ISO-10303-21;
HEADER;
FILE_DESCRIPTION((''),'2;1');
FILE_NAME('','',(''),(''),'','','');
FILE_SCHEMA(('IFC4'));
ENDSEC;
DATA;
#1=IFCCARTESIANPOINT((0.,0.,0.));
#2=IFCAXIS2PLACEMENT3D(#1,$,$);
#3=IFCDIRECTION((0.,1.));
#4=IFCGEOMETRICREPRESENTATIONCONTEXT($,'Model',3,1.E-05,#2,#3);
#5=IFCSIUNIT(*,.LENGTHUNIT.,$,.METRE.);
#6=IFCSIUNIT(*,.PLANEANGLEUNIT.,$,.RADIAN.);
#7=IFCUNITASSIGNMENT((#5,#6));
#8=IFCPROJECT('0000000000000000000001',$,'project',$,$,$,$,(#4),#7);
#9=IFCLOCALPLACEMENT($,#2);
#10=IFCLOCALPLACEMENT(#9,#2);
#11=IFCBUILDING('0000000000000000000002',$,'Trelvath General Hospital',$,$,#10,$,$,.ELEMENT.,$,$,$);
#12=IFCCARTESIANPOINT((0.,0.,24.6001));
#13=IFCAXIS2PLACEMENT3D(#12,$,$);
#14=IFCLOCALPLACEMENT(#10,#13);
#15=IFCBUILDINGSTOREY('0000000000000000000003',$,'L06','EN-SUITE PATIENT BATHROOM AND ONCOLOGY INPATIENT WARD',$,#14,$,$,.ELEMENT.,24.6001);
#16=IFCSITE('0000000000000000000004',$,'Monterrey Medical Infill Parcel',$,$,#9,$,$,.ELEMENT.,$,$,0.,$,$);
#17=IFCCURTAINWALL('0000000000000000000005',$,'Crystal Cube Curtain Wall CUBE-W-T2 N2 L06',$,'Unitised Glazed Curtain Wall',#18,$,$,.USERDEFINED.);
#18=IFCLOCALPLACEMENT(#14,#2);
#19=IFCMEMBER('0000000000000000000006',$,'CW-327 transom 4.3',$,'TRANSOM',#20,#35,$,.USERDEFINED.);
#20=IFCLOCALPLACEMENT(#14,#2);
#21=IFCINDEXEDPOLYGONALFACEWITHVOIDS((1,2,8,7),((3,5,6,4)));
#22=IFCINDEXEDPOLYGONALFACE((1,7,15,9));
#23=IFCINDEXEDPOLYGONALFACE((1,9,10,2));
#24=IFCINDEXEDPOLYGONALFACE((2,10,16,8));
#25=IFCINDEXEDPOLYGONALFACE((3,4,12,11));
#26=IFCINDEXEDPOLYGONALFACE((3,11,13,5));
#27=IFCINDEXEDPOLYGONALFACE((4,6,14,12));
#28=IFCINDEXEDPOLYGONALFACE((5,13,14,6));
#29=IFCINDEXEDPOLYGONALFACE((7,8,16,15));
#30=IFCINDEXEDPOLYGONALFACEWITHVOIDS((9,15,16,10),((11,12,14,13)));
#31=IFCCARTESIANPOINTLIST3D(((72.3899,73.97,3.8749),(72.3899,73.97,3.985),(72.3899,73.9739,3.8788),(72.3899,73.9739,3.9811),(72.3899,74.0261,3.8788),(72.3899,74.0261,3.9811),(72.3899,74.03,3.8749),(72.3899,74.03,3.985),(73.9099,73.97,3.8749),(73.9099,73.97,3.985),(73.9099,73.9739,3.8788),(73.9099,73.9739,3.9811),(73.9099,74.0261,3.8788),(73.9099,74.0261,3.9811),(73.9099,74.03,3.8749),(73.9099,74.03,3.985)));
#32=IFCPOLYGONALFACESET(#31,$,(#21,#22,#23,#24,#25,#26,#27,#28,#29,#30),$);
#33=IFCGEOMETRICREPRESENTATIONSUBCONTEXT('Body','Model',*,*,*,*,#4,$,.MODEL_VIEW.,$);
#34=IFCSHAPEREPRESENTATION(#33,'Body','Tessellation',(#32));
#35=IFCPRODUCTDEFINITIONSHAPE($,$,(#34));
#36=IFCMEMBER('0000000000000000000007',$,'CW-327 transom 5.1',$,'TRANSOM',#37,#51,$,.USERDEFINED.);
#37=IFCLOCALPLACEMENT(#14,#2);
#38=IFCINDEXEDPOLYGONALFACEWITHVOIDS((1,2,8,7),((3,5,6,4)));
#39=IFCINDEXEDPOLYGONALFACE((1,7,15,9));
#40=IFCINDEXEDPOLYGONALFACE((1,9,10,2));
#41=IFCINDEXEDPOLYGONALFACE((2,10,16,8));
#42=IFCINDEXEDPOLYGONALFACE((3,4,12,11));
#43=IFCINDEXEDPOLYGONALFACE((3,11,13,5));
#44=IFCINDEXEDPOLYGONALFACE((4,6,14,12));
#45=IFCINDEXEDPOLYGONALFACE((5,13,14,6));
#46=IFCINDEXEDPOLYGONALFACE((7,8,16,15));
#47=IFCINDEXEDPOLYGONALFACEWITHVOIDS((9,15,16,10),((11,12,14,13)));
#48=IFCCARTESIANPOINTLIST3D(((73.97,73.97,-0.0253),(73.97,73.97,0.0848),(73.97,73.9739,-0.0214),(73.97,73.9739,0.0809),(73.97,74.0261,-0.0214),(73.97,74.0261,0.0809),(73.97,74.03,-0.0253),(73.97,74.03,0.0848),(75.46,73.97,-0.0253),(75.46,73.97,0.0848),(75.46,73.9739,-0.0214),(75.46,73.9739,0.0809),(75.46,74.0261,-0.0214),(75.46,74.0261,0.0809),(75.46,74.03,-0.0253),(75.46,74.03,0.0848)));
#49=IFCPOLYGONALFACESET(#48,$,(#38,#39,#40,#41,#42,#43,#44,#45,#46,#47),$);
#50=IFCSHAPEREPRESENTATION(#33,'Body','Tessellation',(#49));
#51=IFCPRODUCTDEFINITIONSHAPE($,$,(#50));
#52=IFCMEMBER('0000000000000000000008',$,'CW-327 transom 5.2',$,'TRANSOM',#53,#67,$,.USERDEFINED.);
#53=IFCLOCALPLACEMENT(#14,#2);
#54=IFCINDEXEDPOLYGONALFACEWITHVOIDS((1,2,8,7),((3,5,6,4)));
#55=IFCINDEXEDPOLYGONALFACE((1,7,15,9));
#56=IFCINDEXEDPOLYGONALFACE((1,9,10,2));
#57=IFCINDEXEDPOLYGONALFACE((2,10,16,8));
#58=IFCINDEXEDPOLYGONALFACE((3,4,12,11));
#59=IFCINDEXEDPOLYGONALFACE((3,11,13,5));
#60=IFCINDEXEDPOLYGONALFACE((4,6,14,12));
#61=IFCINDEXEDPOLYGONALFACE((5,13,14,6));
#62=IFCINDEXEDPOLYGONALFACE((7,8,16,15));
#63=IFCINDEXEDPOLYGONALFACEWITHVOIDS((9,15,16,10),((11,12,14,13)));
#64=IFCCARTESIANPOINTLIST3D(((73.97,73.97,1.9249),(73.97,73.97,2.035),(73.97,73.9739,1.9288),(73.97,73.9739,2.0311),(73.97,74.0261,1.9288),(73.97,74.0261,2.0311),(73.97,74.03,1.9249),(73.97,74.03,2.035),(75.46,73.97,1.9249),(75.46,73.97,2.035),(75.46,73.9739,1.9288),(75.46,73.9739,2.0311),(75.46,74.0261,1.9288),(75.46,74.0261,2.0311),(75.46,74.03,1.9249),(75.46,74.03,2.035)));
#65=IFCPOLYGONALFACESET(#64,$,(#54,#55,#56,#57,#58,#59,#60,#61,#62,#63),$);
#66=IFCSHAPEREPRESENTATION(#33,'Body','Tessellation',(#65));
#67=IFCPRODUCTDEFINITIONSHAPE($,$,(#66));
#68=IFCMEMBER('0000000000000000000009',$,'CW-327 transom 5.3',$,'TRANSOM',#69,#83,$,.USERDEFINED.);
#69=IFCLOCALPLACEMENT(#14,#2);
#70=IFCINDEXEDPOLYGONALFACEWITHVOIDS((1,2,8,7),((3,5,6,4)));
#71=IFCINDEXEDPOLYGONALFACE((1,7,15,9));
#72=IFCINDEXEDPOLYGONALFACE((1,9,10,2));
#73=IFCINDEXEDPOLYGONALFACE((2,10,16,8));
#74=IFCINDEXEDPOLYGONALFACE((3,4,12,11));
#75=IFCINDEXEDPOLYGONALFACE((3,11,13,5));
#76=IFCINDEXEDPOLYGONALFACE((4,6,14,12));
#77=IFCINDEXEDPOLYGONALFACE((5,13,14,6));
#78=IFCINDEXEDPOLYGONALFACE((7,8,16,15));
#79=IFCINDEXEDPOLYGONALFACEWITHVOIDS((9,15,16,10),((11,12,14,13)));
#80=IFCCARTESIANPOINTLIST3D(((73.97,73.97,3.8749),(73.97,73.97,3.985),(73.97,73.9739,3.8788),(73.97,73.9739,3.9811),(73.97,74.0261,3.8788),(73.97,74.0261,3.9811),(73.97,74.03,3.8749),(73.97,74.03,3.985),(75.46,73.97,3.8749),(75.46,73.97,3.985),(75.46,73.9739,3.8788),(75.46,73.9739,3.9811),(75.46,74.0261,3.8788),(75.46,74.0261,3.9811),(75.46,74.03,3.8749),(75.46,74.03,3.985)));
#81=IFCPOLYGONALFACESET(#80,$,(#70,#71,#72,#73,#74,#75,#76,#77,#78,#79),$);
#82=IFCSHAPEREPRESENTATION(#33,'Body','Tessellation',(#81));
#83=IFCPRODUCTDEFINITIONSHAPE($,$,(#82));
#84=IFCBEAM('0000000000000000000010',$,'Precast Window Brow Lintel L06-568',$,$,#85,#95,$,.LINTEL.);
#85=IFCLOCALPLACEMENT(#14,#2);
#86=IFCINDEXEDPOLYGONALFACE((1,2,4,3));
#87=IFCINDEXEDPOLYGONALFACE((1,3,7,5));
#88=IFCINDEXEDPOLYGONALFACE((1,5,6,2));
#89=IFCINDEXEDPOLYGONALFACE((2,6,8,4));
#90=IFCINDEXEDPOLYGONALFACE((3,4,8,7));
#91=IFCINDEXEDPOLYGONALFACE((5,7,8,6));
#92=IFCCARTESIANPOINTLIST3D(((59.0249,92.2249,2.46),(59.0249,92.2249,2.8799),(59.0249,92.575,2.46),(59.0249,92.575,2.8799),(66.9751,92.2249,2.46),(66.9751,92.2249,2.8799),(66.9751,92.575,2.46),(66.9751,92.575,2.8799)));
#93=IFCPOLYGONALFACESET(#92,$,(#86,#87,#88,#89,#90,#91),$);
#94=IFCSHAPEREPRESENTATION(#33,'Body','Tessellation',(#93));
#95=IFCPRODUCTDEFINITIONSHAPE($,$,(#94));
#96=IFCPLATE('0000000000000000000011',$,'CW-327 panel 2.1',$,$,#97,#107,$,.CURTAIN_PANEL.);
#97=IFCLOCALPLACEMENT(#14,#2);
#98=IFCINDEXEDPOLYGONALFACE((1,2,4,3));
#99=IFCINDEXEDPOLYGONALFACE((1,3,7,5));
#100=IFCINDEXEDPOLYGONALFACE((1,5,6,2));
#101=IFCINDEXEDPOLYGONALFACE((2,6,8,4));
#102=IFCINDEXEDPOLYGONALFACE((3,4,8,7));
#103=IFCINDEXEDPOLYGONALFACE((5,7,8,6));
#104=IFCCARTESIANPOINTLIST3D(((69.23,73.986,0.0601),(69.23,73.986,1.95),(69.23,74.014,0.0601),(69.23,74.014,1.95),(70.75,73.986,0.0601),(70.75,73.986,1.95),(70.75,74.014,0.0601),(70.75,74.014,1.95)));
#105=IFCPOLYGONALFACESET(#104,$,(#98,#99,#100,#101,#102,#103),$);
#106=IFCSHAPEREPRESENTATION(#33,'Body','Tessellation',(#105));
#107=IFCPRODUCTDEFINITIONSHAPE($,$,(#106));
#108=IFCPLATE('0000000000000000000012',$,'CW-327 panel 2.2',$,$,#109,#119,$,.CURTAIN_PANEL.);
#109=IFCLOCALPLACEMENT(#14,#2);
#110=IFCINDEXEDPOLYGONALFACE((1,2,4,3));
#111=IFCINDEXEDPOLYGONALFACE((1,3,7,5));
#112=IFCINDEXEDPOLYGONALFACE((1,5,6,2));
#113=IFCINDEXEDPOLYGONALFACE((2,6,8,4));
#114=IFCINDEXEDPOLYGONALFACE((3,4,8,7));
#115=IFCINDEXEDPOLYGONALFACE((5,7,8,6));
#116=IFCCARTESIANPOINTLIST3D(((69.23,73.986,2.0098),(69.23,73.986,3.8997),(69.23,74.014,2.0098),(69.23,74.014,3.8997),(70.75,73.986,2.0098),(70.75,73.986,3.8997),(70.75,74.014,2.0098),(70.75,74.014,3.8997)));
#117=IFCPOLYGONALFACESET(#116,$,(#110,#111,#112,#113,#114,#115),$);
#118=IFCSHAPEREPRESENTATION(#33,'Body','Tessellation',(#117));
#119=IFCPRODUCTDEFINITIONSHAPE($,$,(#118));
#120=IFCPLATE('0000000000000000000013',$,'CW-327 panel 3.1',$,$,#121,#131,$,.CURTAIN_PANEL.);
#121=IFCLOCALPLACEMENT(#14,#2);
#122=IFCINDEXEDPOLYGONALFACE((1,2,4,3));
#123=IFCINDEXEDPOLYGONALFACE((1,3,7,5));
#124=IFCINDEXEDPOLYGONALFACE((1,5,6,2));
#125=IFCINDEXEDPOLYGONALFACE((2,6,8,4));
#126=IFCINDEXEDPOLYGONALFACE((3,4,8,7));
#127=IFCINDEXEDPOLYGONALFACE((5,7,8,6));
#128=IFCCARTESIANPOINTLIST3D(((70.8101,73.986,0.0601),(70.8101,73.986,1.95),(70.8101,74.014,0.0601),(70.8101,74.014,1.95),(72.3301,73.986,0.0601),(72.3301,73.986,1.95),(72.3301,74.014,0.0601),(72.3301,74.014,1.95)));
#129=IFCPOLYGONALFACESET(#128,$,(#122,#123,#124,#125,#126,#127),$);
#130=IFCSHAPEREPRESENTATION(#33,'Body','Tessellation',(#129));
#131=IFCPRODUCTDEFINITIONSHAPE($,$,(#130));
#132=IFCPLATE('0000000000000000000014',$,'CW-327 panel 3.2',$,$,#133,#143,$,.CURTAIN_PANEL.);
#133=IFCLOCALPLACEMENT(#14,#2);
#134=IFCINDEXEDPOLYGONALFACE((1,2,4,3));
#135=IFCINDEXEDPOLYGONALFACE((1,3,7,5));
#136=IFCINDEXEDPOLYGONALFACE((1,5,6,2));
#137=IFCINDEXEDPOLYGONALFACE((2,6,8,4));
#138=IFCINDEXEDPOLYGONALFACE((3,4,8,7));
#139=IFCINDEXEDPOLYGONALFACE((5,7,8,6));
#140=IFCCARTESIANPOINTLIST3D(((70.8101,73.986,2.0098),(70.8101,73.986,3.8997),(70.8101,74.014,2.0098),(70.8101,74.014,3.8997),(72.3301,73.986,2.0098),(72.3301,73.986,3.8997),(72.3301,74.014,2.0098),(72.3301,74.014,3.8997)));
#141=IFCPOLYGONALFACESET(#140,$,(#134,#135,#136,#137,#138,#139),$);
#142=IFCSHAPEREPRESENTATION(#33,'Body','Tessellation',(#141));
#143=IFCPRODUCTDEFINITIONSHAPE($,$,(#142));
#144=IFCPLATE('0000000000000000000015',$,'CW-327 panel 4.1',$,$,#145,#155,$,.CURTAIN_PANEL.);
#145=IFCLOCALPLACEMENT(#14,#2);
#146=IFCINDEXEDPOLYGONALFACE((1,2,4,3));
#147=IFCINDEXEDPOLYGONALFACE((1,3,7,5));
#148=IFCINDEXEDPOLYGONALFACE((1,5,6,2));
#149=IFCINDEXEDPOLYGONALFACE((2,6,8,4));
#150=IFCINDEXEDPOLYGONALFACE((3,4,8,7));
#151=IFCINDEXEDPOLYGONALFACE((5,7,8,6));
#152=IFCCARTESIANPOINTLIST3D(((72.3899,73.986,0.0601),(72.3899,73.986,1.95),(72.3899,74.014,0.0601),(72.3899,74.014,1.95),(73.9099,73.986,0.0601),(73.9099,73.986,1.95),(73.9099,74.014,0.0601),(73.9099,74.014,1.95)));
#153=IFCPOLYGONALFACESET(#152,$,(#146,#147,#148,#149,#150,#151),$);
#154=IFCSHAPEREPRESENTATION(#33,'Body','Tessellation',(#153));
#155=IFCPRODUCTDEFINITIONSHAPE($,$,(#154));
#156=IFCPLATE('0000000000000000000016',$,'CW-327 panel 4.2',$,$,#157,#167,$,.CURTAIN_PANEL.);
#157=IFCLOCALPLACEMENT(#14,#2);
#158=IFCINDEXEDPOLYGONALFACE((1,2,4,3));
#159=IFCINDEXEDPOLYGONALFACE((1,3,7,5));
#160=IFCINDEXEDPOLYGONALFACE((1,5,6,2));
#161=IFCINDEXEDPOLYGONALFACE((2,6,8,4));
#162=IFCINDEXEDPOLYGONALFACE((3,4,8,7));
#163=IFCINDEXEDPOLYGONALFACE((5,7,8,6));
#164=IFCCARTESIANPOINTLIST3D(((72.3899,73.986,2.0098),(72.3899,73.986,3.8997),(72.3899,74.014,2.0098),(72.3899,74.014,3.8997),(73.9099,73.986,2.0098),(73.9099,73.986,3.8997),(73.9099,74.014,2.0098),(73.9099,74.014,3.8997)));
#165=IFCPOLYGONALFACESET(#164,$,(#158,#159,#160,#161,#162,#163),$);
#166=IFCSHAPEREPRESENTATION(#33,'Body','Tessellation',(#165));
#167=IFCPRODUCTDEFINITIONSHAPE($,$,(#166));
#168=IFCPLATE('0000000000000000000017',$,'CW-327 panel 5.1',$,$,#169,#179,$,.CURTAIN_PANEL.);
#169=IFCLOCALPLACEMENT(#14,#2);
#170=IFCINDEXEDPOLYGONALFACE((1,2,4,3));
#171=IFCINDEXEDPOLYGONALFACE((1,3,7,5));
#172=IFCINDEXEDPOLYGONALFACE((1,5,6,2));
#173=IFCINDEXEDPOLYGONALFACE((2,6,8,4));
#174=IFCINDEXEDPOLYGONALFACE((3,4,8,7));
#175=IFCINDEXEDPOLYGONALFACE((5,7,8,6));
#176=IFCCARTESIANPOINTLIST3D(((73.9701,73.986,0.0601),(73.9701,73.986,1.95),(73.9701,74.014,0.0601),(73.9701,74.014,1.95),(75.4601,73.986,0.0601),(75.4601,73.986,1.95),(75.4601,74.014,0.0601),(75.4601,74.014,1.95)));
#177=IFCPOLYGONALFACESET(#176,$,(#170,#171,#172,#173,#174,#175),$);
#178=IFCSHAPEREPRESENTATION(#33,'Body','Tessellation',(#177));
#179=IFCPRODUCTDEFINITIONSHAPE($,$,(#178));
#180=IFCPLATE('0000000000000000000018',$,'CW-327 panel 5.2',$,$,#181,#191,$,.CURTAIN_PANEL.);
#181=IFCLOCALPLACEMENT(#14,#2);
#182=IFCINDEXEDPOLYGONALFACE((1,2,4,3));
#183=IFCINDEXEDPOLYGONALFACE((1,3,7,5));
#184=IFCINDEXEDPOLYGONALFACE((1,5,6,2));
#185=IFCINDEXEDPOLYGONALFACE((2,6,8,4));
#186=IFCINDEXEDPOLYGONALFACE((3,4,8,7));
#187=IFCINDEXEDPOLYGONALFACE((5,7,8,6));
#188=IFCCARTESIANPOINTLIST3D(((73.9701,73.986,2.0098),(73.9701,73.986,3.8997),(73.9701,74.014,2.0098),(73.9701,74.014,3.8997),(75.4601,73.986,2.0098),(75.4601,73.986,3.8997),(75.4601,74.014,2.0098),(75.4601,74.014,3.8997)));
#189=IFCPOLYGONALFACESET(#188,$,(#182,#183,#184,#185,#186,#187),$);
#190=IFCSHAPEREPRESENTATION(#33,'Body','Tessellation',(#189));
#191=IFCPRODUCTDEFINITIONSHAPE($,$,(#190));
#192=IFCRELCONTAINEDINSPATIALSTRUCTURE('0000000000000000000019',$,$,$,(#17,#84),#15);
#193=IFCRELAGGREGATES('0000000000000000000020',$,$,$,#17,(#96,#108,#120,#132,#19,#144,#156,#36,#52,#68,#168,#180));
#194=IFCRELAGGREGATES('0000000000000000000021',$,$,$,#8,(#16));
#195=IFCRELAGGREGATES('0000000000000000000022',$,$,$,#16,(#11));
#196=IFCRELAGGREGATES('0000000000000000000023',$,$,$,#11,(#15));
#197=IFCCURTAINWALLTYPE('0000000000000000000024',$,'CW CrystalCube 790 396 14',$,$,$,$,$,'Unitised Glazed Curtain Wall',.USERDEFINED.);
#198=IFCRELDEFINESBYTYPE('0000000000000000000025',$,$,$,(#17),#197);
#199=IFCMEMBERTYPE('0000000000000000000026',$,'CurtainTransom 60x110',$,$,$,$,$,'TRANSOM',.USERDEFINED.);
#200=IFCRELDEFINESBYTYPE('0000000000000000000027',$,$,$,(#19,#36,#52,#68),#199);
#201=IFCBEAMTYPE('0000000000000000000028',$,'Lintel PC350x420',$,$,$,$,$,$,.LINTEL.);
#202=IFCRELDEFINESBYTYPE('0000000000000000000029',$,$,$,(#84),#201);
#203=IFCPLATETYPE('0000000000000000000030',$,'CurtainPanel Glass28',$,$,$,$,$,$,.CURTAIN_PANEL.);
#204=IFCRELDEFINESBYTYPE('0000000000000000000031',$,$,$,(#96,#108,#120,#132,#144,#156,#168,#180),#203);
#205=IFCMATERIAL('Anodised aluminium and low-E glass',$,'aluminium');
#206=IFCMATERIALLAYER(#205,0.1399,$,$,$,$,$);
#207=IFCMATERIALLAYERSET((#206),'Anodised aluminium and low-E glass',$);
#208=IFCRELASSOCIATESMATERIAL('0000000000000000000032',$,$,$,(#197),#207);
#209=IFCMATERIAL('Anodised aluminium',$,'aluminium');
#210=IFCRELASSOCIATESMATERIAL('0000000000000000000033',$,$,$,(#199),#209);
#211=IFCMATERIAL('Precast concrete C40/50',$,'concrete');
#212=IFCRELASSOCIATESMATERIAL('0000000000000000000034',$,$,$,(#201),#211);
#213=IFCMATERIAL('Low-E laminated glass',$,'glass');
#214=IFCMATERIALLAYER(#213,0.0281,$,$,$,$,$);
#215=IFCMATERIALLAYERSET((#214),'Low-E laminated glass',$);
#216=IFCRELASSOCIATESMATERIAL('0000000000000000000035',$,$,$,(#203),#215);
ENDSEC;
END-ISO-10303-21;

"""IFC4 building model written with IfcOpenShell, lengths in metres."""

from ifc_helpers import new_model, si_unit, direction, frame, origin, origin_2d, place, context, subcontext, project, spatial, rectangle, hollow_rectangle, extrude, material, layer, layer_set, material_profile, profile_set, type_object, element, aggregate, save


model = new_model("IFC4")

# Units and contexts
model_context = context("Model", 3, precision=1e-05, world=origin(), true_north=direction((0.0, 1.0)))
body_context = subcontext(model_context, "Body", "Model", "MODEL_VIEW")
ifc_project = project(units=[si_unit("LENGTHUNIT", "METRE"), si_unit("PLANEANGLEUNIT", "RADIAN")], contexts=[model_context])

# Site, building, storey
site_placement = place(None, origin())
site = spatial("IfcSite", under=ifc_project, at=site_placement, Name="Monterrey Medical Infill Parcel", CompositionType="ELEMENT", RefElevation=0.0)
building_placement = place(site_placement, origin())
building = spatial("IfcBuilding", under=site, at=building_placement, Name="Trelvath General Hospital", CompositionType="ELEMENT")
storey_placement = place(building_placement, frame((0.0, 0.0, 24.6001)))
storey = spatial("IfcBuildingStorey", under=building, at=storey_placement, Name="L06", Description="EN-SUITE PATIENT BATHROOM AND ONCOLOGY INPATIENT WARD", CompositionType="ELEMENT", Elevation=24.6001)

# Curtain wall, members
ifc_material_1 = material(Name="Anodised aluminium and low-E glass", Category="aluminium")
ifc_layer_1 = layer(ifc_material_1, 0.1399)
ifc_layer_set_1 = layer_set([ifc_layer_1], Name="Anodised aluminium and low-E glass")
curtain_wall_type = type_object("IfcCurtainWallType", Name="CW CrystalCube 790 396 14", ElementType="Unitised Glazed Curtain Wall", PredefinedType="USERDEFINED", material=ifc_layer_set_1)
curtain_wall_placement = place(storey_placement, origin())
curtain_wall = element("IfcCurtainWall", 1, at=curtain_wall_placement, inside=storey, type_object=curtain_wall_type, Name="Crystal Cube Curtain Wall CUBE-W-T2 N2 L06", ObjectType="Unitised Glazed Curtain Wall", PredefinedType="USERDEFINED")
ifc_material_2 = material(Name="Anodised aluminium", Category="aluminium")
ifc_material_profile_1 = material_profile(ifc_material_2, hollow_rectangle(XDim=0.0601, YDim=0.1101, WallThickness=0.0039, at=origin_2d()), Name="RHS60x110x4")
ifc_profile_set_1 = profile_set([ifc_material_profile_1], Name="Anodised aluminium")
member_type_1 = type_object("IfcMemberType", Name="CurtainTransom 60x110", ElementType="TRANSOM", PredefinedType="USERDEFINED", material=ifc_profile_set_1)
member_1_placement = place(storey_placement, frame((72.3899, 74.0, 3.9299), z_axis=(1.0, 0.0, 0.0), x_axis=(0.0, 1.0, 0.0)))
member_1 = element("IfcMember", 2, at=member_1_placement, type_object=member_type_1, Name="CW-327 transom 4.3", ObjectType="TRANSOM", PredefinedType="USERDEFINED", context=body_context, shape_type="SweptSolid", body=[
    extrude(hollow_rectangle(XDim=0.0601, YDim=0.1101, WallThickness=0.0039, at=origin_2d()), origin(), (0.0, 0.0, 1.0), 1.52),
])
member_2_placement = place(storey_placement, frame((73.97, 74.0, 0.0298), z_axis=(1.0, 0.0, 0.0), x_axis=(0.0, 1.0, 0.0)))
member_2 = element("IfcMember", 3, at=member_2_placement, type_object=member_type_1, Name="CW-327 transom 5.1", ObjectType="TRANSOM", PredefinedType="USERDEFINED", context=body_context, shape_type="SweptSolid", body=[
    extrude(hollow_rectangle(XDim=0.0601, YDim=0.1101, WallThickness=0.0039, at=origin_2d()), origin(), (0.0, 0.0, 1.0), 1.49),
])
member_3_placement = place(storey_placement, frame((73.97, 74.0, 1.98), z_axis=(1.0, 0.0, 0.0), x_axis=(0.0, 1.0, 0.0)))
member_3 = element("IfcMember", 4, at=member_3_placement, type_object=member_type_1, Name="CW-327 transom 5.2", ObjectType="TRANSOM", PredefinedType="USERDEFINED", context=body_context, shape_type="SweptSolid", body=[
    extrude(hollow_rectangle(XDim=0.0601, YDim=0.1101, WallThickness=0.0039, at=origin_2d()), origin(), (0.0, 0.0, 1.0), 1.49),
])
member_4_placement = place(storey_placement, frame((73.97, 74.0, 3.9299), z_axis=(1.0, 0.0, 0.0), x_axis=(0.0, 1.0, 0.0)))
member_4 = element("IfcMember", 5, at=member_4_placement, type_object=member_type_1, Name="CW-327 transom 5.3", ObjectType="TRANSOM", PredefinedType="USERDEFINED", context=body_context, shape_type="SweptSolid", body=[
    extrude(hollow_rectangle(XDim=0.0601, YDim=0.1101, WallThickness=0.0039, at=origin_2d()), origin(), (0.0, 0.0, 1.0), 1.49),
])

# Beam
ifc_material_3 = material(Name="Precast concrete C40/50", Category="concrete")
ifc_material_profile_2 = material_profile(ifc_material_3, rectangle(XDim=0.3501, YDim=0.4199, at=origin_2d()), Name="PCL350x420")
ifc_profile_set_2 = profile_set([ifc_material_profile_2], Name="Precast concrete C40/50")
beam_type_1 = type_object("IfcBeamType", Name="Lintel PC350x420", PredefinedType="LINTEL", material=ifc_profile_set_2)
beam_1_placement = place(storey_placement, frame((66.9751, 92.3999, 2.6699), z_axis=(-1.0, 0.0, 0.0), x_axis=(0.0, -1.0, 0.0)))
element("IfcBeam", 6, at=beam_1_placement, inside=storey, type_object=beam_type_1, Name="Precast Window Brow Lintel L06-568", PredefinedType="LINTEL", context=body_context, shape_type="SweptSolid", body=[
    extrude(rectangle(XDim=0.3501, YDim=0.4199, at=origin_2d()), origin(), (0.0, 0.0, 1.0), 7.9502),
])

# Plates
ifc_material_4 = material(Name="Low-E laminated glass", Category="glass")
ifc_layer_2 = layer(ifc_material_4, 0.0281)
ifc_layer_set_2 = layer_set([ifc_layer_2], Name="Low-E laminated glass")
plate_type = type_object("IfcPlateType", Name="CurtainPanel Glass28", PredefinedType="CURTAIN_PANEL", material=ifc_layer_set_2)
plate_1_placement = place(storey_placement, frame((69.99, 74.0, 0.0601), z_axis=(0.0, 0.0, 1.0), x_axis=(1.0, 0.0, 0.0)))
plate_1 = element("IfcPlate", 7, at=plate_1_placement, type_object=plate_type, Name="CW-327 panel 2.1", PredefinedType="CURTAIN_PANEL", context=body_context, shape_type="SweptSolid", body=[
    extrude(rectangle(XDim=1.52, YDim=0.0281, at=origin_2d()), origin(), (0.0, 0.0, 1.0), 1.8899),
])
plate_2_placement = place(storey_placement, frame((69.99, 74.0, 2.0098), z_axis=(0.0, 0.0, 1.0), x_axis=(1.0, 0.0, 0.0)))
plate_2 = element("IfcPlate", 8, at=plate_2_placement, type_object=plate_type, Name="CW-327 panel 2.2", PredefinedType="CURTAIN_PANEL", context=body_context, shape_type="SweptSolid", body=[
    extrude(rectangle(XDim=1.52, YDim=0.0281, at=origin_2d()), origin(), (0.0, 0.0, 1.0), 1.8899),
])
plate_3_placement = place(storey_placement, frame((71.5701, 74.0, 0.0601), z_axis=(0.0, 0.0, 1.0), x_axis=(1.0, 0.0, 0.0)))
plate_3 = element("IfcPlate", 9, at=plate_3_placement, type_object=plate_type, Name="CW-327 panel 3.1", PredefinedType="CURTAIN_PANEL", context=body_context, shape_type="SweptSolid", body=[
    extrude(rectangle(XDim=1.52, YDim=0.0281, at=origin_2d()), origin(), (0.0, 0.0, 1.0), 1.8899),
])
plate_4_placement = place(storey_placement, frame((71.5701, 74.0, 2.0098), z_axis=(0.0, 0.0, 1.0), x_axis=(1.0, 0.0, 0.0)))
plate_4 = element("IfcPlate", 10, at=plate_4_placement, type_object=plate_type, Name="CW-327 panel 3.2", PredefinedType="CURTAIN_PANEL", context=body_context, shape_type="SweptSolid", body=[
    extrude(rectangle(XDim=1.52, YDim=0.0281, at=origin_2d()), origin(), (0.0, 0.0, 1.0), 1.8899),
])
plate_5_placement = place(storey_placement, frame((73.1499, 74.0, 0.0601), z_axis=(0.0, 0.0, 1.0), x_axis=(1.0, 0.0, 0.0)))
plate_5 = element("IfcPlate", 11, at=plate_5_placement, type_object=plate_type, Name="CW-327 panel 4.1", PredefinedType="CURTAIN_PANEL", context=body_context, shape_type="SweptSolid", body=[
    extrude(rectangle(XDim=1.52, YDim=0.0281, at=origin_2d()), origin(), (0.0, 0.0, 1.0), 1.8899),
])
plate_6_placement = place(storey_placement, frame((73.1499, 74.0, 2.0098), z_axis=(0.0, 0.0, 1.0), x_axis=(1.0, 0.0, 0.0)))
plate_6 = element("IfcPlate", 12, at=plate_6_placement, type_object=plate_type, Name="CW-327 panel 4.2", PredefinedType="CURTAIN_PANEL", context=body_context, shape_type="SweptSolid", body=[
    extrude(rectangle(XDim=1.52, YDim=0.0281, at=origin_2d()), origin(), (0.0, 0.0, 1.0), 1.8899),
])
plate_7_placement = place(storey_placement, frame((74.7151, 74.0, 0.0601), z_axis=(0.0, 0.0, 1.0), x_axis=(1.0, 0.0, 0.0)))
plate_7 = element("IfcPlate", 13, at=plate_7_placement, type_object=plate_type, Name="CW-327 panel 5.1", PredefinedType="CURTAIN_PANEL", context=body_context, shape_type="SweptSolid", body=[
    extrude(rectangle(XDim=1.49, YDim=0.0281, at=origin_2d()), origin(), (0.0, 0.0, 1.0), 1.8899),
])
plate_8_placement = place(storey_placement, frame((74.7151, 74.0, 2.0098), z_axis=(0.0, 0.0, 1.0), x_axis=(1.0, 0.0, 0.0)))
plate_8 = element("IfcPlate", 14, at=plate_8_placement, type_object=plate_type, Name="CW-327 panel 5.2", PredefinedType="CURTAIN_PANEL", context=body_context, shape_type="SweptSolid", body=[
    extrude(rectangle(XDim=1.49, YDim=0.0281, at=origin_2d()), origin(), (0.0, 0.0, 1.0), 1.8899),
])
aggregate(curtain_wall, [plate_1, plate_2, plate_3, plate_4, member_1, plate_5, plate_6, member_2, member_3, member_4, plate_7, plate_8])

save(model, "model.ifc")
